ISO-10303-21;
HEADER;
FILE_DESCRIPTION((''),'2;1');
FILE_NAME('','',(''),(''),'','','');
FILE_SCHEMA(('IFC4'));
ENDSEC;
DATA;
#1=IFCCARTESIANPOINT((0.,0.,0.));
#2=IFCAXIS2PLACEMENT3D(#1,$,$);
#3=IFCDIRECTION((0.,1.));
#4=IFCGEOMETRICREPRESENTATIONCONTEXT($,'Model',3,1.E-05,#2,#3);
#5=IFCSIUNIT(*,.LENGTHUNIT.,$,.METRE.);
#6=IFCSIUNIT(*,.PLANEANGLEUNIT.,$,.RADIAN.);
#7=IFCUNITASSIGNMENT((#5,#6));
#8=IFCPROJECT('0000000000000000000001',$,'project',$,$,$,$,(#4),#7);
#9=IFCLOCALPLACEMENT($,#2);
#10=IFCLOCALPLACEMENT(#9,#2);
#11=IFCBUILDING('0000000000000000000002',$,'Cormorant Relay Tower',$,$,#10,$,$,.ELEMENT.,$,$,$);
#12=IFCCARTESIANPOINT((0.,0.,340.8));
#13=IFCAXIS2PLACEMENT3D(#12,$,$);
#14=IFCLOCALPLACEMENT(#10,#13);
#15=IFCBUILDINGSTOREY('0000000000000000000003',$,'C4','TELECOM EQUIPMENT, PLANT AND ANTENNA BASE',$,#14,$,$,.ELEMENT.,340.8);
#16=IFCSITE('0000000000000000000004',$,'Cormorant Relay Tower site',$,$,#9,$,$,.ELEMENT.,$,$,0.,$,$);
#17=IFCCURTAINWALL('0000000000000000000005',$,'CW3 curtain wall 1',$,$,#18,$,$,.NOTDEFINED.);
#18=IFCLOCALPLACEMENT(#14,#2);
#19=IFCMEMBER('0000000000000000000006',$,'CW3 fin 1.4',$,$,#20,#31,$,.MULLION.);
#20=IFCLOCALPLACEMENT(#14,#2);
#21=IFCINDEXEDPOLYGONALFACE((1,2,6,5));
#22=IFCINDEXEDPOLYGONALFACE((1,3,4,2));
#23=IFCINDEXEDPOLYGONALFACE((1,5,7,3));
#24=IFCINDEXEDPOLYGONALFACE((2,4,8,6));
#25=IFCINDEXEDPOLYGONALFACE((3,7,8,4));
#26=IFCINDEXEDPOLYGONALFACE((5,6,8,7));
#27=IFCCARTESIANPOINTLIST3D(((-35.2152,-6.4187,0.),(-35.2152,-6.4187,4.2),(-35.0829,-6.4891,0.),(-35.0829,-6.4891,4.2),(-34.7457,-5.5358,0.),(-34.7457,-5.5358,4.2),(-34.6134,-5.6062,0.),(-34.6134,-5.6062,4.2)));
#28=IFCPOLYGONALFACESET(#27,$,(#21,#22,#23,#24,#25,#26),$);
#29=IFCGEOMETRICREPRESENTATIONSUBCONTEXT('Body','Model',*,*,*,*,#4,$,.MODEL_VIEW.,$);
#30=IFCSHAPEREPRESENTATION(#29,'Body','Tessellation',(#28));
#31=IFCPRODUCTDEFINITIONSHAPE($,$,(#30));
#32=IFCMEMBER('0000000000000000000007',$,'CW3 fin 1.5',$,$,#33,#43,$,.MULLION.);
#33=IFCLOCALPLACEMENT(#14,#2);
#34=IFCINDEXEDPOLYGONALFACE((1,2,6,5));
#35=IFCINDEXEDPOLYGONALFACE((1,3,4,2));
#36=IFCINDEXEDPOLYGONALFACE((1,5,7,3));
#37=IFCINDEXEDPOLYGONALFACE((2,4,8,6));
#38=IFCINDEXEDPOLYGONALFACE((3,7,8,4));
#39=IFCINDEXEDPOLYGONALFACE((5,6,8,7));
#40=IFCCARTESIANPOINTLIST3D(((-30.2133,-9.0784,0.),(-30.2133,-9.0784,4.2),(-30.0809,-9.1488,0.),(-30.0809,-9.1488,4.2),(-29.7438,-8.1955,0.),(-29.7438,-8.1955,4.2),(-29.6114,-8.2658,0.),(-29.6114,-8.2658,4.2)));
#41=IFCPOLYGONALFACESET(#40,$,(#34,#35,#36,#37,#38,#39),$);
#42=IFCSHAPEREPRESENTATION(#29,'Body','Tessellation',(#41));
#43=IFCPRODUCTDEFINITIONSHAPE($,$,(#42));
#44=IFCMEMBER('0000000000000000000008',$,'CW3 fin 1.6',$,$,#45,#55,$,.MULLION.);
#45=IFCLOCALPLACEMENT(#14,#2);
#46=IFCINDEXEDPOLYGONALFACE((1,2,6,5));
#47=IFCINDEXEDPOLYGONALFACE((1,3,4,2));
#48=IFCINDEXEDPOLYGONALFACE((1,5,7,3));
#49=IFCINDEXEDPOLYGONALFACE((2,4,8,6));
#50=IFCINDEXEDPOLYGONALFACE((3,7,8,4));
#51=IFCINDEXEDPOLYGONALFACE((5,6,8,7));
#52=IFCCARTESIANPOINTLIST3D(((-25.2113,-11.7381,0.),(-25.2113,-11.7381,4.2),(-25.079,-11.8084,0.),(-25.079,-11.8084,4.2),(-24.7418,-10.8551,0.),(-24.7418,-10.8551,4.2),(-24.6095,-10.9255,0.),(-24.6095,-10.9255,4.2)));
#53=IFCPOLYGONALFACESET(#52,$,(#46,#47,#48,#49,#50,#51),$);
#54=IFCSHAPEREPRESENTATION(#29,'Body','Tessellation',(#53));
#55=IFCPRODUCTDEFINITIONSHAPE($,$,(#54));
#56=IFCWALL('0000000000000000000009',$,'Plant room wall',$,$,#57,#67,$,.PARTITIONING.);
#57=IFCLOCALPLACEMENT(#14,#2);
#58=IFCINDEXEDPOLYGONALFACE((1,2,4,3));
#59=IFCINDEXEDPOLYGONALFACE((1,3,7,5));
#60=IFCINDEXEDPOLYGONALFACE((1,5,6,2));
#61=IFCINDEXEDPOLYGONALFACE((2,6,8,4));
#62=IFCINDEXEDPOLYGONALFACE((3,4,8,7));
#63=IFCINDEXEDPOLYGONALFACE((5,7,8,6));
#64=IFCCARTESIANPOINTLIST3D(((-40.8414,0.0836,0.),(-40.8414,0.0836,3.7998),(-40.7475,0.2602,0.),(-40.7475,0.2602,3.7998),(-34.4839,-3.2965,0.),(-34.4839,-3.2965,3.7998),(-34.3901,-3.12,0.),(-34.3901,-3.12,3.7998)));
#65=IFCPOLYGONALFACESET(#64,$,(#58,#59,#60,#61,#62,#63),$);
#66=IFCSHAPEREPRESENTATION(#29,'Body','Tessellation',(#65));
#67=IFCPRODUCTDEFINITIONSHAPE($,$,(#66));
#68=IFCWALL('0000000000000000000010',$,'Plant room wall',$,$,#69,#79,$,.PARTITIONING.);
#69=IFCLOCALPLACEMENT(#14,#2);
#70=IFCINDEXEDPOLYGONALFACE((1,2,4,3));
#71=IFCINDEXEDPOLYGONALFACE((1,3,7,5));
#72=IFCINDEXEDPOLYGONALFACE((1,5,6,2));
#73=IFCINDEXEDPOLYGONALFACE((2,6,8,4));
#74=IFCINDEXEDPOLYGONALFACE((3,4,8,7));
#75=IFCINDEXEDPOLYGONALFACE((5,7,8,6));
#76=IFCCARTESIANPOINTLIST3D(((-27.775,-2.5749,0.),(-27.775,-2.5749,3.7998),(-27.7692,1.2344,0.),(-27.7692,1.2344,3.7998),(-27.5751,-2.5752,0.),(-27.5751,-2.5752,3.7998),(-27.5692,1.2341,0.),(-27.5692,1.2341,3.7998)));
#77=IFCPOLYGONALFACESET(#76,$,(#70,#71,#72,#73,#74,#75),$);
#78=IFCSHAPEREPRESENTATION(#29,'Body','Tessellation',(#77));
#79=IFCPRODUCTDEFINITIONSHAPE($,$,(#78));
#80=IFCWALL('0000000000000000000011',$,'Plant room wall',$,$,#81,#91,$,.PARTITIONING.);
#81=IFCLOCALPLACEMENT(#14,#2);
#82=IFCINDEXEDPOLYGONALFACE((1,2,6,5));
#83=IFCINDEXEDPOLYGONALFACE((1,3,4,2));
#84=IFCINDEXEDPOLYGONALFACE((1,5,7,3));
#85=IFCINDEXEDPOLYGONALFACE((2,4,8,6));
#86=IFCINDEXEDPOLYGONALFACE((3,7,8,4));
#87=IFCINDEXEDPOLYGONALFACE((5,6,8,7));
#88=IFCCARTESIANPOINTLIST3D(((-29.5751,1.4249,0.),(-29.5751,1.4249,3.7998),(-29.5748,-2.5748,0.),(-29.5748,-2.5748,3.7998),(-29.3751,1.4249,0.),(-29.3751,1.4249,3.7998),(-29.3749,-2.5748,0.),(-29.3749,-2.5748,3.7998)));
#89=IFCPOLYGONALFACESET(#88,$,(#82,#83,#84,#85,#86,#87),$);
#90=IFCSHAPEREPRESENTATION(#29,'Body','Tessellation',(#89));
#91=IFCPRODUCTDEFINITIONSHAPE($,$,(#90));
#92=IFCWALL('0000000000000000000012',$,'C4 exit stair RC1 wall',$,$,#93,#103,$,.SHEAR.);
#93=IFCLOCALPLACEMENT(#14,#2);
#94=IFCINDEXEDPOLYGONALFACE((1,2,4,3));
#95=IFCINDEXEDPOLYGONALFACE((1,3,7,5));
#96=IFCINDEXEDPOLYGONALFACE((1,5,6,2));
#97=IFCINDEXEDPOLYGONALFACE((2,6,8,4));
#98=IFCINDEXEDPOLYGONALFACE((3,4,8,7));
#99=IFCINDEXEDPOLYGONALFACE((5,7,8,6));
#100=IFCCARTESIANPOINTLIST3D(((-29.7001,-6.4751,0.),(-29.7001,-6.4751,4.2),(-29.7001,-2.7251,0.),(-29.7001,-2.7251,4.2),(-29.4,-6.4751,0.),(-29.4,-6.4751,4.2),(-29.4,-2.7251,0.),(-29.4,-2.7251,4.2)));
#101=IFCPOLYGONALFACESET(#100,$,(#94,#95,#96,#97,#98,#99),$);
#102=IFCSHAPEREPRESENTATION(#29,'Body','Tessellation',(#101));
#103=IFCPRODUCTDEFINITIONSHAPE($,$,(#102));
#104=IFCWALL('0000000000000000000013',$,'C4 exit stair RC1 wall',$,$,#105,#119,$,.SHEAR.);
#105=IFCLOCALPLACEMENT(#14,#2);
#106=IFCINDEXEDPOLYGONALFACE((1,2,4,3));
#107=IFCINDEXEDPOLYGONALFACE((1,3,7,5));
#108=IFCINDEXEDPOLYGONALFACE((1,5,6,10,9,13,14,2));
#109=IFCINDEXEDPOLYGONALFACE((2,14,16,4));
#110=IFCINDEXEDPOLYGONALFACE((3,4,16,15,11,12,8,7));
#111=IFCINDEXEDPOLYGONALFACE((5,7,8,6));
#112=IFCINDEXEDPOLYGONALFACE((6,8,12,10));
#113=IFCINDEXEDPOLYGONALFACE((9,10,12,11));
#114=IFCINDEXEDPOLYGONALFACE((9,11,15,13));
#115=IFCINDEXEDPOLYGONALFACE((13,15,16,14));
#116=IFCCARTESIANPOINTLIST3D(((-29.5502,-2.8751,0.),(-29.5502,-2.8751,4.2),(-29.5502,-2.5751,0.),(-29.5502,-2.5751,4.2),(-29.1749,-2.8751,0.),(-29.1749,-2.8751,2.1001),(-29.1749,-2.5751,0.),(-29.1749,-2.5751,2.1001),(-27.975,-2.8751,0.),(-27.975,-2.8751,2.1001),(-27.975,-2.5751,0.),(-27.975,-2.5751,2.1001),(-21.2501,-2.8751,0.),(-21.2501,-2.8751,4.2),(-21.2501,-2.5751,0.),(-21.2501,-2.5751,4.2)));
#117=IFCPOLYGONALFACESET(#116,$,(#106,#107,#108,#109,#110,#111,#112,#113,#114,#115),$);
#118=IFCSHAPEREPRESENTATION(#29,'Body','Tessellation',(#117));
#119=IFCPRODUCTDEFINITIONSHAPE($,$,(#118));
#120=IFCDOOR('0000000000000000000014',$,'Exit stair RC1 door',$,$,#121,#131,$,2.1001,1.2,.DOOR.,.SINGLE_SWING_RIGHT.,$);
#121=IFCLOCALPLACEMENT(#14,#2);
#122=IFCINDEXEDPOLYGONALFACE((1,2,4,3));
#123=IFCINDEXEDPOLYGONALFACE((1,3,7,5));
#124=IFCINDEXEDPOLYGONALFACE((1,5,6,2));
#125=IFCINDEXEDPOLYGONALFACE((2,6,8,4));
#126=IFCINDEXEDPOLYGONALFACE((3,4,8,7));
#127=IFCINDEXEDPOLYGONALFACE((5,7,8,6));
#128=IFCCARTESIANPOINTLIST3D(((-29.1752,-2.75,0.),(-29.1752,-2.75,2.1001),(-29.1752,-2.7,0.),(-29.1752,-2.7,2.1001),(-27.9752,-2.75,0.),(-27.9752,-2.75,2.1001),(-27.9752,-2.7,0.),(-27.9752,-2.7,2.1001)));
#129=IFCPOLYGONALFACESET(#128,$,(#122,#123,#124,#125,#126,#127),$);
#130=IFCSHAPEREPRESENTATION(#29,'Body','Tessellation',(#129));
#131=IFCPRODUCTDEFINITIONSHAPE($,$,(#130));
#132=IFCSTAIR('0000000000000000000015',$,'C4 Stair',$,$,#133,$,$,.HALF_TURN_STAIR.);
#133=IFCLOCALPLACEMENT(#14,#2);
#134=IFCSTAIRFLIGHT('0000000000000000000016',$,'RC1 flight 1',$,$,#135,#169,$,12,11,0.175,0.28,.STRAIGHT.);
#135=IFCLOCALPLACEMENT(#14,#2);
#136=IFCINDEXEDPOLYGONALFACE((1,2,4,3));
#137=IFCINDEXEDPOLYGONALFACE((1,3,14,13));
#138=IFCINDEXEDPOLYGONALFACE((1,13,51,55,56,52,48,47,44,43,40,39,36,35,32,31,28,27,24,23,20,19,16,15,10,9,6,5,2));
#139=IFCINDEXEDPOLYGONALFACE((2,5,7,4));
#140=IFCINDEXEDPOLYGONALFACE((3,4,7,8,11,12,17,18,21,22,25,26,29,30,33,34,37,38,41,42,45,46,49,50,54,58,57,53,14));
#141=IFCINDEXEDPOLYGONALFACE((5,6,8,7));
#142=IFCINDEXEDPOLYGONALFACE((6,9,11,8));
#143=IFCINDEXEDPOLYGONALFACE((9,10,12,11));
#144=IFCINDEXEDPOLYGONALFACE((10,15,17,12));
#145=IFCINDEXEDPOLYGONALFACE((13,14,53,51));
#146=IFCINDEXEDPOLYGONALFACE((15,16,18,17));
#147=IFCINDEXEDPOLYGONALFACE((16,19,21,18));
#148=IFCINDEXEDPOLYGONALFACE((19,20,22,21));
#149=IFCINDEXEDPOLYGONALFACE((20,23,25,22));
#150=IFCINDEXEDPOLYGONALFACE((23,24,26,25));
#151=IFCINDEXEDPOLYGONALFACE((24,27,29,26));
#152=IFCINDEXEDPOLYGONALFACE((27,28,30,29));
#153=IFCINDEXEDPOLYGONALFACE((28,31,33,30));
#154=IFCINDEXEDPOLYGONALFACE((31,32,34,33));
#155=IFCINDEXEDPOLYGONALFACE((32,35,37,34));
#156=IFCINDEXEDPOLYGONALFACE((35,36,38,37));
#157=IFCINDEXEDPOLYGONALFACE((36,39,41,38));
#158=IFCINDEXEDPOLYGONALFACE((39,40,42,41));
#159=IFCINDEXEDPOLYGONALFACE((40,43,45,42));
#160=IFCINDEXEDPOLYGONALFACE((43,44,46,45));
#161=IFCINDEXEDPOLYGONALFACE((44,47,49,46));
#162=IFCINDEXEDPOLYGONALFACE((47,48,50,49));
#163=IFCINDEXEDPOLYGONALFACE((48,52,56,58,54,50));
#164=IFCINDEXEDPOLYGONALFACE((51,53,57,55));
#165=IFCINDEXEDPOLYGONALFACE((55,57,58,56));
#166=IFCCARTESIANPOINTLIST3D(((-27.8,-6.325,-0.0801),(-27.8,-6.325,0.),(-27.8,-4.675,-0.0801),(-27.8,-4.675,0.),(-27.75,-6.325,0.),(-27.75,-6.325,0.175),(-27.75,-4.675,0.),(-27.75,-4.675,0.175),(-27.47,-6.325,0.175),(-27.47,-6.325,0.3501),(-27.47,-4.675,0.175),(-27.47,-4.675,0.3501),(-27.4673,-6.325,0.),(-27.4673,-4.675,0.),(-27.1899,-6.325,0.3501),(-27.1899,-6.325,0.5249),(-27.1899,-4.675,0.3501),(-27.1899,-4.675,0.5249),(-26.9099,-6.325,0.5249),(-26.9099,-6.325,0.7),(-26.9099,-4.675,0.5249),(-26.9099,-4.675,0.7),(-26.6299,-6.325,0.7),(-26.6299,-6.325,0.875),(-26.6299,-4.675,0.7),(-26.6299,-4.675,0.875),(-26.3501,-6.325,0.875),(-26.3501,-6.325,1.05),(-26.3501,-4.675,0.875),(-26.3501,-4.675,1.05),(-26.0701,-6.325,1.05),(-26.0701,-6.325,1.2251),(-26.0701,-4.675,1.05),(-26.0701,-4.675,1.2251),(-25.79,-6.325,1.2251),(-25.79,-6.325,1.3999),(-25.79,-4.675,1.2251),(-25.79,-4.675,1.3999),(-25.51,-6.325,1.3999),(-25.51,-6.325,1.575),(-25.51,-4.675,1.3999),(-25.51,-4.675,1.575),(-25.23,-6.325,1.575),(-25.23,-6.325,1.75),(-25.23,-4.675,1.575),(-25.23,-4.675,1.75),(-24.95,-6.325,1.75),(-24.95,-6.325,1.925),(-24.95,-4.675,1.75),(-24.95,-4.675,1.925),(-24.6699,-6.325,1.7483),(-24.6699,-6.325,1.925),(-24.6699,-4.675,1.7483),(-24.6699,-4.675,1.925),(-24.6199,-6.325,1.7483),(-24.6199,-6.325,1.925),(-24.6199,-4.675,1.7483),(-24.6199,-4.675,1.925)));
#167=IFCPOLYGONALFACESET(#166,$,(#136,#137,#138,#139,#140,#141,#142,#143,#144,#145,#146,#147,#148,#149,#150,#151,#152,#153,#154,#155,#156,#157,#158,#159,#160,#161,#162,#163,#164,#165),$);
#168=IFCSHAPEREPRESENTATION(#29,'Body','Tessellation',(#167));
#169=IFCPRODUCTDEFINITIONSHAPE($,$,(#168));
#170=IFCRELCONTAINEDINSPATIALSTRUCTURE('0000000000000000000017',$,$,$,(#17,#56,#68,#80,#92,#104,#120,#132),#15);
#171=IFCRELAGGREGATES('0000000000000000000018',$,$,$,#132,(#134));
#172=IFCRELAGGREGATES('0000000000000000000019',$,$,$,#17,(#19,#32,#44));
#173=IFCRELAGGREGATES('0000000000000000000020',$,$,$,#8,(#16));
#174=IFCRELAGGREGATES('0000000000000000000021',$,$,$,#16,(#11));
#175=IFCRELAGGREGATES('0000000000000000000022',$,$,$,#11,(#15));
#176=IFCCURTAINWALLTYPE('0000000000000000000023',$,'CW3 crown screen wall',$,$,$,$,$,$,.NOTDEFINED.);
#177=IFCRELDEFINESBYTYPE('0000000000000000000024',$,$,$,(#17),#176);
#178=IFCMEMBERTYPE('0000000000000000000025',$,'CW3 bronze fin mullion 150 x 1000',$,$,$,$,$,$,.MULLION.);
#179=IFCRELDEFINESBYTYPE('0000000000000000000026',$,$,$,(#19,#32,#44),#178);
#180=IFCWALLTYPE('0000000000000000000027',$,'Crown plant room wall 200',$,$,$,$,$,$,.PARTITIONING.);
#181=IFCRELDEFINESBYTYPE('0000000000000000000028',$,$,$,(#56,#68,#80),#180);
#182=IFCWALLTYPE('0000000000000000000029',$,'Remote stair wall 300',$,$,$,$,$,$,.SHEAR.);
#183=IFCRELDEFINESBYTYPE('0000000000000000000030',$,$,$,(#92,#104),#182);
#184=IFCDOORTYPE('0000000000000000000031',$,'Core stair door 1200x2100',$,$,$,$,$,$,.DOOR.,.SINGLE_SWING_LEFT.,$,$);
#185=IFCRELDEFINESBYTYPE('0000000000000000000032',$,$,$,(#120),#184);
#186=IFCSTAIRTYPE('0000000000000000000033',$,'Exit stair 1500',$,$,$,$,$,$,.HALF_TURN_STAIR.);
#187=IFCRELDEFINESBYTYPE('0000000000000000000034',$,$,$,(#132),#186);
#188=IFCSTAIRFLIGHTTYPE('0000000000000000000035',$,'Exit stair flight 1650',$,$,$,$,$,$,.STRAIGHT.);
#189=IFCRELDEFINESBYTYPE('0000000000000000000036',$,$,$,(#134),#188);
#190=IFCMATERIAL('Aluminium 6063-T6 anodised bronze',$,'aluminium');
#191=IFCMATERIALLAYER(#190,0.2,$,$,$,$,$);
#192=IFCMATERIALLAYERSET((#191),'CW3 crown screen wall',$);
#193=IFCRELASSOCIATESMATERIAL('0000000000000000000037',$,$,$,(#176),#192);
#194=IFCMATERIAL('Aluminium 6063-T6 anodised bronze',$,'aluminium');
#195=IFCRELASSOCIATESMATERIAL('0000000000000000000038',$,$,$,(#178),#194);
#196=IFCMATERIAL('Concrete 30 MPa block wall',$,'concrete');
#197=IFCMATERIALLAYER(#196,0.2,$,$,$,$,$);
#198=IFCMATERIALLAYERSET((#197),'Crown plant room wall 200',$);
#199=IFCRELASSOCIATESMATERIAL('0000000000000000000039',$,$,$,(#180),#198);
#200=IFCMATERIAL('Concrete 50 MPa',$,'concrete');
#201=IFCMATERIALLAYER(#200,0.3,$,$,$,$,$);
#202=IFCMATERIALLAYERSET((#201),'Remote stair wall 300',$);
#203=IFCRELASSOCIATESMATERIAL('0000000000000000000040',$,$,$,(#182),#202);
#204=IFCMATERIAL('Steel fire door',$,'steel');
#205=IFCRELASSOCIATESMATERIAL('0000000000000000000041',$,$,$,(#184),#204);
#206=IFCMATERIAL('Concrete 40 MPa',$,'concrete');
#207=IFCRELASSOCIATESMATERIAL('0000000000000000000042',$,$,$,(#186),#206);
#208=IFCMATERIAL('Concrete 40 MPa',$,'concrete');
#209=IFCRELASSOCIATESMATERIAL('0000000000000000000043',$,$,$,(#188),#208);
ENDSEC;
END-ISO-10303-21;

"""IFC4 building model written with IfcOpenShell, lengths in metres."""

from ifc_helpers import new_model, si_unit, direction, frame, frame_2d, origin, origin_2d, place, context, subcontext, project, spatial, polyline, rectangle, outline, extrude, material, layer, layer_set, material_profile, profile_set, type_object, element, fill, aggregate, save


model = new_model("IFC4")

# Units and contexts
model_context = context("Model", 3, precision=1e-05, world=origin(), true_north=direction((0.0, 1.0)))
body_context = subcontext(model_context, "Body", "Model", "MODEL_VIEW")
ifc_project = project(units=[si_unit("LENGTHUNIT", "METRE"), si_unit("PLANEANGLEUNIT", "RADIAN")], contexts=[model_context])

# Site, building, storey
site_placement = place(None, origin())
site = spatial("IfcSite", under=ifc_project, at=site_placement, Name="Cormorant Relay Tower site", CompositionType="ELEMENT", RefElevation=0.0)
building_placement = place(site_placement, origin())
building = spatial("IfcBuilding", under=site, at=building_placement, Name="Cormorant Relay Tower", CompositionType="ELEMENT")
storey_placement = place(building_placement, frame((0.0, 0.0, 340.8)))
storey = spatial("IfcBuildingStorey", under=building, at=storey_placement, Name="C4", Description="TELECOM EQUIPMENT, PLANT AND ANTENNA BASE", CompositionType="ELEMENT", Elevation=340.8)

# Curtain wall, members
ifc_material_1 = material(Name="Aluminium 6063-T6 anodised bronze", Category="aluminium")
ifc_layer_1 = layer(ifc_material_1, 0.2)
ifc_layer_set_1 = layer_set([ifc_layer_1], Name="CW3 crown screen wall")
curtain_wall_type = type_object("IfcCurtainWallType", Name="CW3 crown screen wall", PredefinedType="NOTDEFINED", material=ifc_layer_set_1)
curtain_wall_placement = place(storey_placement, origin())
curtain_wall = element("IfcCurtainWall", 1, at=curtain_wall_placement, inside=storey, type_object=curtain_wall_type, Name="CW3 curtain wall 1", PredefinedType="NOTDEFINED")
ifc_material_2 = material(Name="Aluminium 6063-T6 anodised bronze", Category="aluminium")
ifc_material_profile = material_profile(ifc_material_2, rectangle(XDim=0.1499, YDim=1.0, at=origin_2d()), Name="AL 150x1000")
ifc_profile_set = profile_set([ifc_material_profile], Name="Aluminium 6063-T6 anodised bronze")
member_type = type_object("IfcMemberType", Name="CW3 bronze fin mullion 150 x 1000", PredefinedType="MULLION", material=ifc_profile_set)
member_1_placement = place(storey_placement, frame((-34.9143, -6.0125, 0.0), z_axis=(0.0, 0.0, 1.0), x_axis=(0.882948, -0.469472, 0.0)))
member_1 = element("IfcMember", 2, at=member_1_placement, type_object=member_type, Name="CW3 fin 1.4", PredefinedType="MULLION", context=body_context, shape_type="SweptSolid", body=[
    extrude(rectangle(XDim=0.1499, YDim=1.0, at=origin_2d()), origin(), (0.0, 0.0, 1.0), 4.2),
])
member_2_placement = place(storey_placement, frame((-29.9124, -8.6721, 0.0), z_axis=(0.0, 0.0, 1.0), x_axis=(0.882948, -0.469472, 0.0)))
member_2 = element("IfcMember", 3, at=member_2_placement, type_object=member_type, Name="CW3 fin 1.5", PredefinedType="MULLION", context=body_context, shape_type="SweptSolid", body=[
    extrude(rectangle(XDim=0.1499, YDim=1.0, at=origin_2d()), origin(), (0.0, 0.0, 1.0), 4.2),
])
member_3_placement = place(storey_placement, frame((-24.9104, -11.3318, 0.0), z_axis=(0.0, 0.0, 1.0), x_axis=(0.882948, -0.469472, 0.0)))
member_3 = element("IfcMember", 4, at=member_3_placement, type_object=member_type, Name="CW3 fin 1.6", PredefinedType="MULLION", context=body_context, shape_type="SweptSolid", body=[
    extrude(rectangle(XDim=0.1499, YDim=1.0, at=origin_2d()), origin(), (0.0, 0.0, 1.0), 4.2),
])

# Walls
ifc_material_3 = material(Name="Concrete 30 MPa block wall", Category="concrete")
ifc_layer_2 = layer(ifc_material_3, 0.2)
ifc_layer_set_2 = layer_set([ifc_layer_2], Name="Crown plant room wall 200")
wall_type_1 = type_object("IfcWallType", Name="Crown plant room wall 200", PredefinedType="PARTITIONING", material=ifc_layer_set_2)
wall_1_placement = place(storey_placement, frame((-34.437, -3.2083, 0.0), z_axis=(0.0, 0.0, 1.0), x_axis=(-0.882958, 0.469453, 0.0)))
element("IfcWall", 5, at=wall_1_placement, inside=storey, type_object=wall_type_1, Name="Plant room wall", PredefinedType="PARTITIONING", context=body_context, shape_type="SweptSolid", body=[
    extrude(rectangle(XDim=7.2002, YDim=0.2, at=frame_2d((3.6001, 0.0))), origin(), (0.0, 0.0, 1.0), 3.7998),
])
wall_2_placement = place(storey_placement, frame((-27.6692, 1.2344, 0.0), z_axis=(0.0, 0.0, 1.0), x_axis=(-0.001538, -0.999999, 0.0)))
element("IfcWall", 6, at=wall_2_placement, inside=storey, type_object=wall_type_1, Name="Plant room wall", PredefinedType="PARTITIONING", context=body_context, shape_type="SweptSolid", body=[
    extrude(rectangle(XDim=3.8093, YDim=0.2, at=frame_2d((1.9048, 0.0))), origin(), (0.0, 0.0, 1.0), 3.7998),
])
wall_3_placement = place(storey_placement, frame((-29.4749, -2.575, 0.0), z_axis=(0.0, 0.0, 1.0), x_axis=(-0.000061, 1.0, 0.0)))
element("IfcWall", 7, at=wall_3_placement, inside=storey, type_object=wall_type_1, Name="Plant room wall", PredefinedType="PARTITIONING", context=body_context, shape_type="SweptSolid", body=[
    extrude(rectangle(XDim=3.9998, YDim=0.2, at=frame_2d((2.0, 0.0))), origin(), (0.0, 0.0, 1.0), 3.7998),
])
ifc_material_4 = material(Name="Concrete 50 MPa", Category="concrete")
ifc_layer_3 = layer(ifc_material_4, 0.3)
ifc_layer_set_3 = layer_set([ifc_layer_3], Name="Remote stair wall 300")
wall_type_2 = type_object("IfcWallType", Name="Remote stair wall 300", PredefinedType="SHEAR", material=ifc_layer_set_3)
wall_4_placement = place(storey_placement, frame((-29.55, -6.4751, 0.0), z_axis=(0.0, 0.0, 1.0), x_axis=(0.0, 1.0, 0.0)))
element("IfcWall", 8, at=wall_4_placement, inside=storey, type_object=wall_type_2, Name="C4 exit stair RC1 wall", PredefinedType="SHEAR", context=body_context, shape_type="SweptSolid", body=[
    extrude(rectangle(XDim=3.75, YDim=0.3, at=frame_2d((1.875, 0.0))), origin(), (0.0, 0.0, 1.0), 4.2),
])

# Wall, opening, door
wall_5_placement = place(storey_placement, frame((-29.55, -2.7251, 0.0), z_axis=(0.0, 0.0, 1.0), x_axis=(1.0, 0.0, 0.0)))
wall_5 = element("IfcWall", 9, at=wall_5_placement, inside=storey, type_object=wall_type_2, Name="C4 exit stair RC1 wall", PredefinedType="SHEAR", context=body_context, shape_type="SweptSolid", body=[
    extrude(rectangle(XDim=8.3, YDim=0.3, at=frame_2d((4.1499, 0.0))), origin(), (0.0, 0.0, 1.0), 4.2),
])
opening_placement = place(wall_5_placement, frame((0.375, 0.0, 0.0)))
opening = element("IfcOpeningElement", 10, at=opening_placement, cuts=wall_5, PredefinedType="OPENING", context=body_context, shape_type="SweptSolid", body=[
    extrude(rectangle(XDim=1.2, YDim=2.1001, at=frame_2d((0.6001, 1.05))), frame((0.0, 0.1599, 0.0), z_axis=(0.0, -1.0, 0.0), x_axis=(1.0, 0.0, 0.0)), (0.0, 0.0, 1.0), 0.3201),
])
ifc_material_5 = material(Name="Steel fire door", Category="steel")
door_type = type_object("IfcDoorType", Name="Core stair door 1200x2100", OperationType="SINGLE_SWING_LEFT", PredefinedType="DOOR", material=ifc_material_5)
door_placement = place(opening_placement, frame((1.2, 0.0, 0.0), z_axis=(0.0, 0.0, 1.0), x_axis=(-1.0, 0.0, 0.0)))
door = element("IfcDoor", 11, at=door_placement, inside=storey, type_object=door_type, Name="Exit stair RC1 door", OperationType="SINGLE_SWING_RIGHT", OverallHeight=2.1001, OverallWidth=1.2, PredefinedType="DOOR", context=body_context, shape_type="SweptSolid", body=[
    extrude(rectangle(XDim=1.2, YDim=2.1001, at=frame_2d((0.6001, 1.05))), frame((0.0, 0.0249, 0.0), z_axis=(0.0, -1.0, 0.0), x_axis=(1.0, 0.0, 0.0)), (0.0, 0.0, 1.0), 0.05),
])
fill(opening, door)

# Stair, stair flight
ifc_material_6 = material(Name="Concrete 40 MPa", Category="concrete")
stair_type = type_object("IfcStairType", Name="Exit stair 1500", PredefinedType="HALF_TURN_STAIR", material=ifc_material_6)
stair_placement = place(storey_placement, origin())
stair = element("IfcStair", 12, at=stair_placement, inside=storey, type_object=stair_type, Name="C4 Stair", PredefinedType="HALF_TURN_STAIR")
ifc_material_7 = material(Name="Concrete 40 MPa", Category="concrete")
stair_flight_type = type_object("IfcStairFlightType", Name="Exit stair flight 1650", PredefinedType="STRAIGHT", material=ifc_material_7)
stair_flight_1_placement = place(storey_placement, frame((-27.75, -5.5, 0.0), z_axis=(0.0, 0.0, 1.0), x_axis=(1.0, 0.0, 0.0)))
stair_flight_1 = element("IfcStairFlight", 13, at=stair_flight_1_placement, type_object=stair_flight_type, Name="RC1 flight 1", NumberOfRisers=12, NumberOfTreads=11, PredefinedType="STRAIGHT", RiserHeight=0.175, TreadLength=0.28, context=body_context, shape_type="SweptSolid", body=[
    extrude(outline(polyline([(-0.05, -0.0801), (-0.05, 0.0), (0.0, 0.0), (0.0, 0.175), (0.28, 0.175), (0.28, 0.3501), (0.5601, 0.3501), (0.5601, 0.5249), (0.8401, 0.5249), (0.8401, 0.7), (1.1201, 0.7), (1.1201, 0.875), (1.3999, 0.875), (1.3999, 1.05), (1.6799, 1.05), (1.6799, 1.2251), (1.96, 1.2251), (1.96, 1.3999), (2.24, 1.3999), (2.24, 1.575), (2.52, 1.575), (2.52, 1.75), (2.8, 1.75), (2.8, 1.925), (3.0801, 1.925), (3.1301, 1.925), (3.1301, 1.7483), (3.0801, 1.7483), (0.2827, 0.0), (-0.05, -0.0801)])), frame((0.0, 0.825, 0.0), z_axis=(0.0, -1.0, 0.0), x_axis=(1.0, 0.0, 0.0)), (0.0, 0.0, 1.0), 1.6499),
])
aggregate(stair, [stair_flight_1])

aggregate(curtain_wall, [member_1, member_2, member_3])

save(model, "model.ifc")
